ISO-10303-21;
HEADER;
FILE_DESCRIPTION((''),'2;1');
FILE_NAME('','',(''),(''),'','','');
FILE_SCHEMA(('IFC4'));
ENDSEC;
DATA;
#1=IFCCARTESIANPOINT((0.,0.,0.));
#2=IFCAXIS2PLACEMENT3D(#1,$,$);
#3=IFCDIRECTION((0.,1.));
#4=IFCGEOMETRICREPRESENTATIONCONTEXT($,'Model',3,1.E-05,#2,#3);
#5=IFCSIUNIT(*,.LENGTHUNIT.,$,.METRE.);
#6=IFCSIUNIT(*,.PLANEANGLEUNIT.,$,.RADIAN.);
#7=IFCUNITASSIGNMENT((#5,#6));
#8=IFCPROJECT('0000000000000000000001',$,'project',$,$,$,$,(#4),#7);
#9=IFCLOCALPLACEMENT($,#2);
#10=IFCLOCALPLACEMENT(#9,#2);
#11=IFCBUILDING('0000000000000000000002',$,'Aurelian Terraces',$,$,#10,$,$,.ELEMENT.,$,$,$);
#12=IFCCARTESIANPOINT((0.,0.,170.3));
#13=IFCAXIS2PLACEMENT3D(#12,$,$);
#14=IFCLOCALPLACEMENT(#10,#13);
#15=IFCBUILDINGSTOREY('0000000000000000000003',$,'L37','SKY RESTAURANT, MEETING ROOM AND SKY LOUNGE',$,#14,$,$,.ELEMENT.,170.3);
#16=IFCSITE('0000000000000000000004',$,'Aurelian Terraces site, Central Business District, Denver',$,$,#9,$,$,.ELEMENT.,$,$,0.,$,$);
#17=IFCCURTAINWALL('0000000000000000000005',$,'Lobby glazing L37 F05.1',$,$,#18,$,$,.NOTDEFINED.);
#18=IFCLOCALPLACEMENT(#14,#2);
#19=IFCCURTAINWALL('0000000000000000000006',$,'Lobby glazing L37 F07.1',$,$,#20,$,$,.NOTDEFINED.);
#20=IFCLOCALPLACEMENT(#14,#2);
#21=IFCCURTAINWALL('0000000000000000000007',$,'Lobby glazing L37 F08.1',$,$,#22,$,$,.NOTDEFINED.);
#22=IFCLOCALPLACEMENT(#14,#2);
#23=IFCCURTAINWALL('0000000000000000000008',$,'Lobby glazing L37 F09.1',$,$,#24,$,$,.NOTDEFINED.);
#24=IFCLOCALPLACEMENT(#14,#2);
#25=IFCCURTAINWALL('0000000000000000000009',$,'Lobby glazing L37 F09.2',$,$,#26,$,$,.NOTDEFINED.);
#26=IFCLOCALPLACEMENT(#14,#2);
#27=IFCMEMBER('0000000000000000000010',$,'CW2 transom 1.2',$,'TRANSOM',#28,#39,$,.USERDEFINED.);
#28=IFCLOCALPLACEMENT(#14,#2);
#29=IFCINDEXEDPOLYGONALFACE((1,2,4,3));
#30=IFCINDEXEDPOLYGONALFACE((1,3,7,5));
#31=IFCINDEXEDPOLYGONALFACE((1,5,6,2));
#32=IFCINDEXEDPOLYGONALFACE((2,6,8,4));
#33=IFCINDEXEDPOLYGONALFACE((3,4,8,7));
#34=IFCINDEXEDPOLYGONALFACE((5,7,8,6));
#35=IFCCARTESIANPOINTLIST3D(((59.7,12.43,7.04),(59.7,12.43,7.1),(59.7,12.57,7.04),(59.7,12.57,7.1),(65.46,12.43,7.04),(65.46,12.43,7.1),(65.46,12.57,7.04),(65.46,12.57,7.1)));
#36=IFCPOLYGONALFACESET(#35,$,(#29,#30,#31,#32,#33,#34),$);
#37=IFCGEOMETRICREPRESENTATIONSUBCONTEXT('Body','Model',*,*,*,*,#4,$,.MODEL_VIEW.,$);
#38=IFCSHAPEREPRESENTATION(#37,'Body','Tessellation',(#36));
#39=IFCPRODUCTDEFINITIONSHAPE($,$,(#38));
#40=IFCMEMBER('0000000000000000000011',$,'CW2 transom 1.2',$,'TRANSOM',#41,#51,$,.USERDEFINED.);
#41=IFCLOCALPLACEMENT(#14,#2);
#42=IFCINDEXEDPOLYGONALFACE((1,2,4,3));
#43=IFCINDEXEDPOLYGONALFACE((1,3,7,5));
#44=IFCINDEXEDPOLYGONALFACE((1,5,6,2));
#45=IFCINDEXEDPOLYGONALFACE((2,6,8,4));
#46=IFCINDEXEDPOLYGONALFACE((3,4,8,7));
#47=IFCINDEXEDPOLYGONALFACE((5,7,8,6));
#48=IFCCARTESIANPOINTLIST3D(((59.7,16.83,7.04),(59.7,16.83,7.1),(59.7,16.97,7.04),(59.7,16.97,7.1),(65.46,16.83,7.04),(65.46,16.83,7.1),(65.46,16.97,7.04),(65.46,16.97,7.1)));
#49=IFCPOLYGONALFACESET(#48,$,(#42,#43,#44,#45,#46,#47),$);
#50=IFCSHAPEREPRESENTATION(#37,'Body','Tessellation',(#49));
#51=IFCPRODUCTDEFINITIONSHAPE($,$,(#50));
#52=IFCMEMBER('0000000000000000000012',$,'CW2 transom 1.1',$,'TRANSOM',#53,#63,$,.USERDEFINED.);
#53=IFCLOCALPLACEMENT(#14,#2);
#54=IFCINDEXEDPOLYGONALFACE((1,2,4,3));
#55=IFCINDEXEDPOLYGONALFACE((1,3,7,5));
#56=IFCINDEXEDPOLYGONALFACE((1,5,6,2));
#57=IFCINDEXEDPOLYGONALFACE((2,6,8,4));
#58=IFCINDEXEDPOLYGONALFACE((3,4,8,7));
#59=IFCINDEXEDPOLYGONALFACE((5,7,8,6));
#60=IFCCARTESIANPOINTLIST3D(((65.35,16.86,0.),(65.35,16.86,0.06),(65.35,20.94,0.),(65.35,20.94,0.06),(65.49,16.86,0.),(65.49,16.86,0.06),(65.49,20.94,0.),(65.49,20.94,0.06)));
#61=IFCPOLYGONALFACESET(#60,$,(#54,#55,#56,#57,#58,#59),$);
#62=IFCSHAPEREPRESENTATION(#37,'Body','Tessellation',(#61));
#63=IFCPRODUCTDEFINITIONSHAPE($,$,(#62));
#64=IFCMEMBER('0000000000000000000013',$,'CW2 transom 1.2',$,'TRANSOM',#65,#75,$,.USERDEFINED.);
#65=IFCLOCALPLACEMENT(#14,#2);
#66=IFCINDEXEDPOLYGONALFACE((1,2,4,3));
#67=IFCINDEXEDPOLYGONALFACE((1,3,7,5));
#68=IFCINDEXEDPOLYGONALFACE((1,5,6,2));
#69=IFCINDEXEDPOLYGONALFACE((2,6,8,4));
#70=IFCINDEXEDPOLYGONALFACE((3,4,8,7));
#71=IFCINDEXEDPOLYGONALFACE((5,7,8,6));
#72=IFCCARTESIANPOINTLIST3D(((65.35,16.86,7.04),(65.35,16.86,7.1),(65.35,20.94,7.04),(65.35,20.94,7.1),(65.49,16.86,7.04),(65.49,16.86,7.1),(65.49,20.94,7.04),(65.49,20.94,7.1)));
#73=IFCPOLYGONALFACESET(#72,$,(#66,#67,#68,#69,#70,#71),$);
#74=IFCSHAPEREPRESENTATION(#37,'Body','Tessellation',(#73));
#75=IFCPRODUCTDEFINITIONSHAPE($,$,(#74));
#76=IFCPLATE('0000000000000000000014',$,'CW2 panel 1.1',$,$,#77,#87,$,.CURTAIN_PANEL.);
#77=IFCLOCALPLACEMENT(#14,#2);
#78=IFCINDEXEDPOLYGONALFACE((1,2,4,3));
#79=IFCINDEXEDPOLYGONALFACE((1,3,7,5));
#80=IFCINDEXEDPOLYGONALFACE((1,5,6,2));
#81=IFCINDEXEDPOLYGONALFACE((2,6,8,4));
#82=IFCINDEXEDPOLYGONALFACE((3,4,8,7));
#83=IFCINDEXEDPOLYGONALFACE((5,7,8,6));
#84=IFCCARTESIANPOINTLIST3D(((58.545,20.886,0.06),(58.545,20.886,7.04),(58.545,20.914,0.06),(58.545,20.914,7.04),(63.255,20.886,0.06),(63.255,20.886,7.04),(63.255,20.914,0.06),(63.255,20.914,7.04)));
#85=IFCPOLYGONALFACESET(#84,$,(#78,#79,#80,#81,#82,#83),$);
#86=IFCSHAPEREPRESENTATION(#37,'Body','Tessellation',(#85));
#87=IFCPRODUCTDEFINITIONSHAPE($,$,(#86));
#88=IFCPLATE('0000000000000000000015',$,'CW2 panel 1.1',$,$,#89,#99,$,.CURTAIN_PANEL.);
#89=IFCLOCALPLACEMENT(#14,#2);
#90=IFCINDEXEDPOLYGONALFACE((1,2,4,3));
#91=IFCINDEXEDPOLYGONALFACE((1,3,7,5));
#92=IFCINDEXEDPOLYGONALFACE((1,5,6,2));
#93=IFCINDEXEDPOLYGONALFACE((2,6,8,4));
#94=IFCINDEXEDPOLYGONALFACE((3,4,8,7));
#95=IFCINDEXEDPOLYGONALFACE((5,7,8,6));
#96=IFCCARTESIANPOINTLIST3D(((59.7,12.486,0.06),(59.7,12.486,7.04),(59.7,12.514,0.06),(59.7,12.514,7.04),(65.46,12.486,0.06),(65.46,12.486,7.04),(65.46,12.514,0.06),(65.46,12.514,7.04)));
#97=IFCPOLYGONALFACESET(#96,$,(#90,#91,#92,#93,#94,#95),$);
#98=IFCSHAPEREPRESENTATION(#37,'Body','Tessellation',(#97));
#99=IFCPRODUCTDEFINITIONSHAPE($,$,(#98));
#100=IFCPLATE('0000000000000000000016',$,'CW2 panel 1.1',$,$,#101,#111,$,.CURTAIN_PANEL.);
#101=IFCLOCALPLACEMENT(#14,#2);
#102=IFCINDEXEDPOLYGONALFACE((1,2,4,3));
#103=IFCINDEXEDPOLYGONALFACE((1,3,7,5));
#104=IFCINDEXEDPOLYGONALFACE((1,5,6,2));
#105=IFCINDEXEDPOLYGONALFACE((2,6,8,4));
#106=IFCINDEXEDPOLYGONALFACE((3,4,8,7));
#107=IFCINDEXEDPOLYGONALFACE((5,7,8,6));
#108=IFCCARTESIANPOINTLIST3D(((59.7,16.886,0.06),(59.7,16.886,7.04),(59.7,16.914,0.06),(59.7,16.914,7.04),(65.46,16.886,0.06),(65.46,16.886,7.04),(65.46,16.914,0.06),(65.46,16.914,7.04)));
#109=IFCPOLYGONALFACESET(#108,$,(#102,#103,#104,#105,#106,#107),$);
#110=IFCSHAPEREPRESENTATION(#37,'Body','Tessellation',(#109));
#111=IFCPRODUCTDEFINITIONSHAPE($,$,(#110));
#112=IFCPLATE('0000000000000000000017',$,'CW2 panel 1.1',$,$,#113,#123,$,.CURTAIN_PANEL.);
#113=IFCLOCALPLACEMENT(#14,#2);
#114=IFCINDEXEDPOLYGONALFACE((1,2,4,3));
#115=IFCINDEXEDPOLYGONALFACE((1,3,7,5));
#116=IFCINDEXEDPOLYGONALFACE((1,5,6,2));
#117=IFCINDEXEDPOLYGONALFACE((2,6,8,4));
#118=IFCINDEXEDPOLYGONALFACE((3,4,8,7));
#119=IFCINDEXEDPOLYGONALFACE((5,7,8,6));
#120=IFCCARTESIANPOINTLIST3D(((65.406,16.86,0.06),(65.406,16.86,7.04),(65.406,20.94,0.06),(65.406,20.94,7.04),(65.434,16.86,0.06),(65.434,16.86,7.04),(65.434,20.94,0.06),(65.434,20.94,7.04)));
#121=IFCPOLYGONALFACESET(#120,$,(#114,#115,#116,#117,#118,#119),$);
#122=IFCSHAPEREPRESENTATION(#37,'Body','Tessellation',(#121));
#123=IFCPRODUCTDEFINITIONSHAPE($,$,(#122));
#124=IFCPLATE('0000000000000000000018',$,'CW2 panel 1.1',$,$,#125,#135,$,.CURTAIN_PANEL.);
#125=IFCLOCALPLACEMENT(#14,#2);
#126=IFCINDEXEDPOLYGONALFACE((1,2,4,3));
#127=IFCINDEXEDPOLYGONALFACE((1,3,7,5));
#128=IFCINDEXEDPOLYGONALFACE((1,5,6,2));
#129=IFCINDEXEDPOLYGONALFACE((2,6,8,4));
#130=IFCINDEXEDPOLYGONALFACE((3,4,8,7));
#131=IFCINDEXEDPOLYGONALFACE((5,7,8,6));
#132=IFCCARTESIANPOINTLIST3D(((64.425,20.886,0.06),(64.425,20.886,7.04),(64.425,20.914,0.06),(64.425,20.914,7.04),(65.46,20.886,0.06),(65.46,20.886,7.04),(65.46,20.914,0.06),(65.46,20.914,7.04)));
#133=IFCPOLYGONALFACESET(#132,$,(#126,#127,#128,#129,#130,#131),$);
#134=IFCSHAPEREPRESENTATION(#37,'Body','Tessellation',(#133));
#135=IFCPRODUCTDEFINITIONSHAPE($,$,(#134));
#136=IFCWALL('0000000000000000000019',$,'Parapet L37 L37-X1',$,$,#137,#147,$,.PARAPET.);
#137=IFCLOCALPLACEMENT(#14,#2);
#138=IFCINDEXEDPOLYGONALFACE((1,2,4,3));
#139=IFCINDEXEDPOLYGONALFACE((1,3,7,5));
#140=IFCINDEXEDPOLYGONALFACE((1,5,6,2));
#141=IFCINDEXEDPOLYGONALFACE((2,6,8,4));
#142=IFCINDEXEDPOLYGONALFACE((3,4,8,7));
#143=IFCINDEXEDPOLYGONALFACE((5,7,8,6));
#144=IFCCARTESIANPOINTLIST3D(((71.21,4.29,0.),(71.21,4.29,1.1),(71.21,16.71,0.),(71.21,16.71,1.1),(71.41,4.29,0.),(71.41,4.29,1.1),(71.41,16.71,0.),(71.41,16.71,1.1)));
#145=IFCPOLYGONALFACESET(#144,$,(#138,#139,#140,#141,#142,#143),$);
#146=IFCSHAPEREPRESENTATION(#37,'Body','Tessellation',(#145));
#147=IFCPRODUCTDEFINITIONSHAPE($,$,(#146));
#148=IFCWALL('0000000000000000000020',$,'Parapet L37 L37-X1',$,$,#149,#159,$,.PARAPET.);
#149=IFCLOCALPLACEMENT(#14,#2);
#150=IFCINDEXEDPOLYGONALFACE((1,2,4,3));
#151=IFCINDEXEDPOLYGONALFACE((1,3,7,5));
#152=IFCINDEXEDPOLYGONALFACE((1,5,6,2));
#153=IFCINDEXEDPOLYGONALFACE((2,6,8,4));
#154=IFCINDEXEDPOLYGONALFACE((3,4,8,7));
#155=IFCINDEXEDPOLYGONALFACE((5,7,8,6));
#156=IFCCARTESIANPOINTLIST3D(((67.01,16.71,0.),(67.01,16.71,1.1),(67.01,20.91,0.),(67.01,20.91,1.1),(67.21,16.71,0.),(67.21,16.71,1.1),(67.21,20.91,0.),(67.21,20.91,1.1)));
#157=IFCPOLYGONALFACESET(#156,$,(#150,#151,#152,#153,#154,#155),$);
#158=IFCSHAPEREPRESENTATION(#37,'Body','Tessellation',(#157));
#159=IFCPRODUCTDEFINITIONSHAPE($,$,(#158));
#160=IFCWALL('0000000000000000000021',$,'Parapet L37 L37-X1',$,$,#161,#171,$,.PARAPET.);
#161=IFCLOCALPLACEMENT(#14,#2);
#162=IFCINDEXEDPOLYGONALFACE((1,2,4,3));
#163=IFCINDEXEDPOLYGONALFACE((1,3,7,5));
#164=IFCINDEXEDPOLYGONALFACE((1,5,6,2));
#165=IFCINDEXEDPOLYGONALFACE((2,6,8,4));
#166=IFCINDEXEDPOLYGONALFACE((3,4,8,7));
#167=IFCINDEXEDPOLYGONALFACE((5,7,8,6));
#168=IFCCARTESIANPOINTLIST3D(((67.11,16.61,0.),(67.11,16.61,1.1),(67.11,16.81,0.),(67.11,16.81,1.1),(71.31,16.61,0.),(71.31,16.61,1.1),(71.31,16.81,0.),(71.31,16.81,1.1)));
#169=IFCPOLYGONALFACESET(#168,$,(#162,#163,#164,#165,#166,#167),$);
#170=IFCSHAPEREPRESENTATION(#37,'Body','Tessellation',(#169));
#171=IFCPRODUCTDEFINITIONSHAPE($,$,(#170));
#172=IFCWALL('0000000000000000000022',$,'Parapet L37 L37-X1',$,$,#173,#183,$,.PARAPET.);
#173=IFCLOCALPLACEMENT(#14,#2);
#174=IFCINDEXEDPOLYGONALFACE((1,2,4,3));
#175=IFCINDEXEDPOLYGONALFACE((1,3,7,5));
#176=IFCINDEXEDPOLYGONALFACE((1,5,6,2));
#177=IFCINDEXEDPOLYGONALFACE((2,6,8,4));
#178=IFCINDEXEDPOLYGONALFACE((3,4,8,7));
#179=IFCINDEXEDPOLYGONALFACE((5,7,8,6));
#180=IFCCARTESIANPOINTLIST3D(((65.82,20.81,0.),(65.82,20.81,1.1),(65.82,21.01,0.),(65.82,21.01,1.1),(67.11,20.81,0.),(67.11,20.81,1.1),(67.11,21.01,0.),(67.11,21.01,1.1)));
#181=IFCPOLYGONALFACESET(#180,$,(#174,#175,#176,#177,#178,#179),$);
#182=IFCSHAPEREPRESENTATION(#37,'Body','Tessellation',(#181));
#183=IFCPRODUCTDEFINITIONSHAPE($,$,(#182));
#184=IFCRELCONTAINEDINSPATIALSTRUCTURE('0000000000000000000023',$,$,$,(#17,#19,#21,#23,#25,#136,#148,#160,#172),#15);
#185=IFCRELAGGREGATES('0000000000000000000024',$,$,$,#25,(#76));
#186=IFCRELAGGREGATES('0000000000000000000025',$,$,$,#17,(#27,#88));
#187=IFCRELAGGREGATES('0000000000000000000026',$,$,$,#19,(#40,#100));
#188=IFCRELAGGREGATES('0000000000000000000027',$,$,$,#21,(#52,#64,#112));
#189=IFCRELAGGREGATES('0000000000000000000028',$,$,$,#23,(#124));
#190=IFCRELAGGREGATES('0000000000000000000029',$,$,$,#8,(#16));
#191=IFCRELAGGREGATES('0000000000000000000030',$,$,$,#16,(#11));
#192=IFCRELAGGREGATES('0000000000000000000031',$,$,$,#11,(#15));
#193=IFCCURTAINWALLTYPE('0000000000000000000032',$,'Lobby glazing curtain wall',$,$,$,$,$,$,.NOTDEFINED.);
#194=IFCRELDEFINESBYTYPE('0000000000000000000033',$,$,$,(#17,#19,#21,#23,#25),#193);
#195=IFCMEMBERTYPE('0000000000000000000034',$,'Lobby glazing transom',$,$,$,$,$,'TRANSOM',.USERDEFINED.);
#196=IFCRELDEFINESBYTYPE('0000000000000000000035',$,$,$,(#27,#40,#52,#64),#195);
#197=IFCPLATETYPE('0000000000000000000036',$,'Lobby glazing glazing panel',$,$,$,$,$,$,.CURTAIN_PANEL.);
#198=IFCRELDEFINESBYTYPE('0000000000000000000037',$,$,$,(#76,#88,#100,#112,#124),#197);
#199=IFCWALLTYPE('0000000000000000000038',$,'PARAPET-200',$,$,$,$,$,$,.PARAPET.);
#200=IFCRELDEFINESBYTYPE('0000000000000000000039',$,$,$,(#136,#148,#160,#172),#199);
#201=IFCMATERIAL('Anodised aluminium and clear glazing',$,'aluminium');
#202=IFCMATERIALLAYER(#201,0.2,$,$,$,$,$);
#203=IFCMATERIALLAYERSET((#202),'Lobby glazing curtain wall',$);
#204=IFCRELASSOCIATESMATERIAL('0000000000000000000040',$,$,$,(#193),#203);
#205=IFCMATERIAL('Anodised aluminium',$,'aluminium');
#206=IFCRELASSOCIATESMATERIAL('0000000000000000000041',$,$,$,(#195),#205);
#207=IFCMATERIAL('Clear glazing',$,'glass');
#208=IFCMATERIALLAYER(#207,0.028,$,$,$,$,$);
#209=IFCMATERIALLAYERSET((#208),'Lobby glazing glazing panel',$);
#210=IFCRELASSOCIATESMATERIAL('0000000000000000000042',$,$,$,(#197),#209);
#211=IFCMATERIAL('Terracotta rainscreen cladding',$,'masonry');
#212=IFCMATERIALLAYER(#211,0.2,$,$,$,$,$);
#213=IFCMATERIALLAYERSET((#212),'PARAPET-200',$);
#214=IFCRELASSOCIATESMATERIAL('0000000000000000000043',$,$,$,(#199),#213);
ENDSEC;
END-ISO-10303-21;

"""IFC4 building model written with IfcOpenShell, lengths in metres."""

from ifc_helpers import new_model, si_unit, direction, frame, frame_2d, origin, origin_2d, place, context, subcontext, project, spatial, rectangle, extrude, source, transform, mapped, material, layer, layer_set, material_profile, profile_set, type_object, element, aggregate, save


model = new_model("IFC4")

# Units and contexts
model_context = context("Model", 3, precision=1e-05, world=origin(), true_north=direction((0.0, 1.0)))
body_context = subcontext(model_context, "Body", "Model", "MODEL_VIEW")
ifc_project = project(units=[si_unit("LENGTHUNIT", "METRE"), si_unit("PLANEANGLEUNIT", "RADIAN")], contexts=[model_context])

# Site, building, storey
site_placement = place(None, origin())
site = spatial("IfcSite", under=ifc_project, at=site_placement, Name="Aurelian Terraces site, Central Business District, Denver", CompositionType="ELEMENT", RefElevation=0.0)
building_placement = place(site_placement, origin())
building = spatial("IfcBuilding", under=site, at=building_placement, Name="Aurelian Terraces", CompositionType="ELEMENT")
storey_placement = place(building_placement, frame((0.0, 0.0, 170.3)))
storey = spatial("IfcBuildingStorey", under=building, at=storey_placement, Name="L37", Description="SKY RESTAURANT, MEETING ROOM AND SKY LOUNGE", CompositionType="ELEMENT", Elevation=170.3)

# Curtain walls
ifc_material_1 = material(Name="Anodised aluminium and clear glazing", Category="aluminium")
ifc_layer_1 = layer(ifc_material_1, 0.2)
ifc_layer_set_1 = layer_set([ifc_layer_1], Name="Lobby glazing curtain wall")
curtain_wall_type = type_object("IfcCurtainWallType", Name="Lobby glazing curtain wall", PredefinedType="NOTDEFINED", material=ifc_layer_set_1)
ifc_material_2 = material(Name="Anodised aluminium", Category="aluminium")
curtain_wall_1_placement = place(storey_placement, origin())
curtain_wall_1 = element("IfcCurtainWall", 1, at=curtain_wall_1_placement, inside=storey, type_object=curtain_wall_type, Name="Lobby glazing L37 F05.1", PredefinedType="NOTDEFINED")
curtain_wall_2_placement = place(storey_placement, origin())
curtain_wall_2 = element("IfcCurtainWall", 2, at=curtain_wall_2_placement, inside=storey, type_object=curtain_wall_type, Name="Lobby glazing L37 F07.1", PredefinedType="NOTDEFINED")

# Curtain walls
curtain_wall_3_placement = place(storey_placement, origin())
curtain_wall_3 = element("IfcCurtainWall", 3, at=curtain_wall_3_placement, inside=storey, type_object=curtain_wall_type, Name="Lobby glazing L37 F08.1", PredefinedType="NOTDEFINED")
curtain_wall_4_placement = place(storey_placement, origin())
curtain_wall_4 = element("IfcCurtainWall", 4, at=curtain_wall_4_placement, inside=storey, type_object=curtain_wall_type, Name="Lobby glazing L37 F09.1", PredefinedType="NOTDEFINED")
curtain_wall_5_placement = place(storey_placement, origin())
curtain_wall_5 = element("IfcCurtainWall", 5, at=curtain_wall_5_placement, inside=storey, type_object=curtain_wall_type, Name="Lobby glazing L37 F09.2", PredefinedType="NOTDEFINED")
ifc_material_profile_1 = material_profile(ifc_material_2, rectangle(XDim=0.14, YDim=0.06, at=origin_2d()))
ifc_profile_set_1 = profile_set([ifc_material_profile_1], Name="Anodised aluminium")
member_type_1 = type_object("IfcMemberType", Name="Lobby glazing transom", ElementType="TRANSOM", PredefinedType="USERDEFINED", material=ifc_profile_set_1)

# Members
shared_shape_1 = source(origin(), body_context, "Body", "SweptSolid", [
    extrude(rectangle(XDim=0.14, YDim=0.06, at=origin_2d()), origin(), (0.0, 0.0, 1.0), 5.76),
])
member_1_placement = place(storey_placement, frame((65.46, 12.5, 7.07), z_axis=(-1.0, 0.0, 0.0), x_axis=(0.0, -1.0, 0.0)))
member_1 = element("IfcMember", 6, at=member_1_placement, type_object=member_type_1, Name="CW2 transom 1.2", ObjectType="TRANSOM", PredefinedType="USERDEFINED", context=body_context, shape_type="MappedRepresentation", body=[
    mapped(shared_shape_1, transform((0.0, 0.0, 0.0), scale=1.0)),
])
member_2_placement = place(storey_placement, frame((59.7, 16.9, 7.07), z_axis=(1.0, 0.0, 0.0), x_axis=(0.0, 1.0, 0.0)))
member_2 = element("IfcMember", 7, at=member_2_placement, type_object=member_type_1, Name="CW2 transom 1.2", ObjectType="TRANSOM", PredefinedType="USERDEFINED", context=body_context, shape_type="MappedRepresentation", body=[
    mapped(shared_shape_1, transform((0.0, 0.0, 0.0), scale=1.0)),
])
shared_shape_2 = source(origin(), body_context, "Body", "SweptSolid", [
    extrude(rectangle(XDim=0.14, YDim=0.06, at=origin_2d()), origin(), (0.0, 0.0, 1.0), 4.08),
])
member_3_placement = place(storey_placement, frame((65.42, 16.86, 0.03), z_axis=(0.0, 1.0, 0.0), x_axis=(-1.0, 0.0, 0.0)))
member_3 = element("IfcMember", 8, at=member_3_placement, type_object=member_type_1, Name="CW2 transom 1.1", ObjectType="TRANSOM", PredefinedType="USERDEFINED", context=body_context, shape_type="MappedRepresentation", body=[
    mapped(shared_shape_2, transform((0.0, 0.0, 0.0), scale=1.0)),
])
member_4_placement = place(storey_placement, frame((65.42, 16.86, 7.07), z_axis=(0.0, 1.0, 0.0), x_axis=(-1.0, 0.0, 0.0)))
member_4 = element("IfcMember", 9, at=member_4_placement, type_object=member_type_1, Name="CW2 transom 1.2", ObjectType="TRANSOM", PredefinedType="USERDEFINED", context=body_context, shape_type="MappedRepresentation", body=[
    mapped(shared_shape_2, transform((0.0, 0.0, 0.0), scale=1.0)),
])

# Plates
ifc_material_3 = material(Name="Clear glazing", Category="glass")
ifc_layer_2 = layer(ifc_material_3, 0.028)
ifc_layer_set_2 = layer_set([ifc_layer_2], Name="Lobby glazing glazing panel")
plate_type = type_object("IfcPlateType", Name="Lobby glazing glazing panel", PredefinedType="CURTAIN_PANEL", material=ifc_layer_set_2)
shared_shape_3 = source(origin(), body_context, "Body", "SweptSolid", [
    extrude(rectangle(XDim=4.71, YDim=0.028, at=origin_2d()), origin(), (0.0, 0.0, 1.0), 6.98),
])
plate_1_placement = place(storey_placement, frame((60.9, 20.9, 0.06), z_axis=(0.0, 0.0, 1.0), x_axis=(-1.0, 0.0, 0.0)))
plate_1 = element("IfcPlate", 10, at=plate_1_placement, type_object=plate_type, Name="CW2 panel 1.1", PredefinedType="CURTAIN_PANEL", context=body_context, shape_type="MappedRepresentation", body=[
    mapped(shared_shape_3, transform((0.0, 0.0, 0.0), scale=1.0)),
])
aggregate(curtain_wall_5, [plate_1])
shared_shape_4 = source(origin(), body_context, "Body", "SweptSolid", [
    extrude(rectangle(XDim=5.76, YDim=0.028, at=origin_2d()), origin(), (0.0, 0.0, 1.0), 6.98),
])
plate_2_placement = place(storey_placement, frame((62.58, 12.5, 0.06), z_axis=(0.0, 0.0, 1.0), x_axis=(-1.0, 0.0, 0.0)))
plate_2 = element("IfcPlate", 11, at=plate_2_placement, type_object=plate_type, Name="CW2 panel 1.1", PredefinedType="CURTAIN_PANEL", context=body_context, shape_type="MappedRepresentation", body=[
    mapped(shared_shape_4, transform((0.0, 0.0, 0.0), scale=1.0)),
])
aggregate(curtain_wall_1, [member_1, plate_2])
plate_3_placement = place(storey_placement, frame((62.58, 16.9, 0.06), z_axis=(0.0, 0.0, 1.0), x_axis=(1.0, 0.0, 0.0)))
plate_3 = element("IfcPlate", 12, at=plate_3_placement, type_object=plate_type, Name="CW2 panel 1.1", PredefinedType="CURTAIN_PANEL", context=body_context, shape_type="MappedRepresentation", body=[
    mapped(shared_shape_4, transform((0.0, 0.0, 0.0), scale=1.0)),
])
aggregate(curtain_wall_2, [member_2, plate_3])
shared_shape_5 = source(origin(), body_context, "Body", "SweptSolid", [
    extrude(rectangle(XDim=4.08, YDim=0.028, at=origin_2d()), origin(), (0.0, 0.0, 1.0), 6.98),
])
plate_4_placement = place(storey_placement, frame((65.42, 18.9, 0.06), z_axis=(0.0, 0.0, 1.0), x_axis=(0.0, 1.0, 0.0)))
plate_4 = element("IfcPlate", 13, at=plate_4_placement, type_object=plate_type, Name="CW2 panel 1.1", PredefinedType="CURTAIN_PANEL", context=body_context, shape_type="MappedRepresentation", body=[
    mapped(shared_shape_5, transform((0.0, 0.0, 0.0), scale=1.0)),
])
aggregate(curtain_wall_3, [member_3, member_4, plate_4])
shared_shape_6 = source(origin(), body_context, "Body", "SweptSolid", [
    extrude(rectangle(XDim=1.035, YDim=0.028, at=origin_2d()), origin(), (0.0, 0.0, 1.0), 6.98),
])
plate_5_placement = place(storey_placement, frame((64.9425, 20.9, 0.06), z_axis=(0.0, 0.0, 1.0), x_axis=(-1.0, 0.0, 0.0)))
plate_5 = element("IfcPlate", 14, at=plate_5_placement, type_object=plate_type, Name="CW2 panel 1.1", PredefinedType="CURTAIN_PANEL", context=body_context, shape_type="MappedRepresentation", body=[
    mapped(shared_shape_6, transform((0.0, 0.0, 0.0), scale=1.0)),
])
aggregate(curtain_wall_4, [plate_5])

# Walls
ifc_material_4 = material(Name="Terracotta rainscreen cladding", Category="masonry")
ifc_layer_3 = layer(ifc_material_4, 0.2)
ifc_layer_set_3 = layer_set([ifc_layer_3], Name="PARAPET-200")
wall_type = type_object("IfcWallType", Name="PARAPET-200", PredefinedType="PARAPET", material=ifc_layer_set_3)
wall_1_placement = place(storey_placement, frame((71.31, 16.71, 0.0), z_axis=(0.0, 0.0, 1.0), x_axis=(0.0, -1.0, 0.0)))
element("IfcWall", 15, at=wall_1_placement, inside=storey, type_object=wall_type, Name="Parapet L37 L37-X1", PredefinedType="PARAPET", context=body_context, shape_type="SweptSolid", body=[
    extrude(rectangle(XDim=12.42, YDim=0.2, at=frame_2d((6.21, 0.0))), origin(), (0.0, 0.0, 1.0), 1.1),
])
shared_shape_7 = source(origin(), body_context, "Body", "SweptSolid", [
    extrude(rectangle(XDim=4.2, YDim=0.2, at=frame_2d((2.1, 0.0))), origin(), (0.0, 0.0, 1.0), 1.1),
])
for number, where, z_axis, x_axis, name in (
    (16, (67.11, 20.91, 0.0), (0.0, 0.0, 1.0), (0.0, -1.0, 0.0), "Parapet L37 L37-X1"),
    (17, (67.11, 16.71, 0.0), (0.0, 0.0, 1.0), (1.0, 0.0, 0.0), "Parapet L37 L37-X1"),
):
    element("IfcWall", number, at=place(storey_placement, frame(where, z_axis=z_axis, x_axis=x_axis)), inside=storey, type_object=wall_type, Name=name, PredefinedType="PARAPET", context=body_context, shape_type="MappedRepresentation", body=[
        mapped(shared_shape_7, transform((0.0, 0.0, 0.0), scale=1.0)),
    ])
shared_shape_8 = source(origin(), body_context, "Body", "SweptSolid", [
    extrude(rectangle(XDim=1.29, YDim=0.2, at=frame_2d((0.645, 0.0))), origin(), (0.0, 0.0, 1.0), 1.1),
])
wall_2_placement = place(storey_placement, frame((65.82, 20.91, 0.0), z_axis=(0.0, 0.0, 1.0), x_axis=(1.0, 0.0, 0.0)))
element("IfcWall", 18, at=wall_2_placement, inside=storey, type_object=wall_type, Name="Parapet L37 L37-X1", PredefinedType="PARAPET", context=body_context, shape_type="MappedRepresentation", body=[
    mapped(shared_shape_8, transform((0.0, 0.0, 0.0), scale=1.0)),
])

save(model, "model.ifc")
